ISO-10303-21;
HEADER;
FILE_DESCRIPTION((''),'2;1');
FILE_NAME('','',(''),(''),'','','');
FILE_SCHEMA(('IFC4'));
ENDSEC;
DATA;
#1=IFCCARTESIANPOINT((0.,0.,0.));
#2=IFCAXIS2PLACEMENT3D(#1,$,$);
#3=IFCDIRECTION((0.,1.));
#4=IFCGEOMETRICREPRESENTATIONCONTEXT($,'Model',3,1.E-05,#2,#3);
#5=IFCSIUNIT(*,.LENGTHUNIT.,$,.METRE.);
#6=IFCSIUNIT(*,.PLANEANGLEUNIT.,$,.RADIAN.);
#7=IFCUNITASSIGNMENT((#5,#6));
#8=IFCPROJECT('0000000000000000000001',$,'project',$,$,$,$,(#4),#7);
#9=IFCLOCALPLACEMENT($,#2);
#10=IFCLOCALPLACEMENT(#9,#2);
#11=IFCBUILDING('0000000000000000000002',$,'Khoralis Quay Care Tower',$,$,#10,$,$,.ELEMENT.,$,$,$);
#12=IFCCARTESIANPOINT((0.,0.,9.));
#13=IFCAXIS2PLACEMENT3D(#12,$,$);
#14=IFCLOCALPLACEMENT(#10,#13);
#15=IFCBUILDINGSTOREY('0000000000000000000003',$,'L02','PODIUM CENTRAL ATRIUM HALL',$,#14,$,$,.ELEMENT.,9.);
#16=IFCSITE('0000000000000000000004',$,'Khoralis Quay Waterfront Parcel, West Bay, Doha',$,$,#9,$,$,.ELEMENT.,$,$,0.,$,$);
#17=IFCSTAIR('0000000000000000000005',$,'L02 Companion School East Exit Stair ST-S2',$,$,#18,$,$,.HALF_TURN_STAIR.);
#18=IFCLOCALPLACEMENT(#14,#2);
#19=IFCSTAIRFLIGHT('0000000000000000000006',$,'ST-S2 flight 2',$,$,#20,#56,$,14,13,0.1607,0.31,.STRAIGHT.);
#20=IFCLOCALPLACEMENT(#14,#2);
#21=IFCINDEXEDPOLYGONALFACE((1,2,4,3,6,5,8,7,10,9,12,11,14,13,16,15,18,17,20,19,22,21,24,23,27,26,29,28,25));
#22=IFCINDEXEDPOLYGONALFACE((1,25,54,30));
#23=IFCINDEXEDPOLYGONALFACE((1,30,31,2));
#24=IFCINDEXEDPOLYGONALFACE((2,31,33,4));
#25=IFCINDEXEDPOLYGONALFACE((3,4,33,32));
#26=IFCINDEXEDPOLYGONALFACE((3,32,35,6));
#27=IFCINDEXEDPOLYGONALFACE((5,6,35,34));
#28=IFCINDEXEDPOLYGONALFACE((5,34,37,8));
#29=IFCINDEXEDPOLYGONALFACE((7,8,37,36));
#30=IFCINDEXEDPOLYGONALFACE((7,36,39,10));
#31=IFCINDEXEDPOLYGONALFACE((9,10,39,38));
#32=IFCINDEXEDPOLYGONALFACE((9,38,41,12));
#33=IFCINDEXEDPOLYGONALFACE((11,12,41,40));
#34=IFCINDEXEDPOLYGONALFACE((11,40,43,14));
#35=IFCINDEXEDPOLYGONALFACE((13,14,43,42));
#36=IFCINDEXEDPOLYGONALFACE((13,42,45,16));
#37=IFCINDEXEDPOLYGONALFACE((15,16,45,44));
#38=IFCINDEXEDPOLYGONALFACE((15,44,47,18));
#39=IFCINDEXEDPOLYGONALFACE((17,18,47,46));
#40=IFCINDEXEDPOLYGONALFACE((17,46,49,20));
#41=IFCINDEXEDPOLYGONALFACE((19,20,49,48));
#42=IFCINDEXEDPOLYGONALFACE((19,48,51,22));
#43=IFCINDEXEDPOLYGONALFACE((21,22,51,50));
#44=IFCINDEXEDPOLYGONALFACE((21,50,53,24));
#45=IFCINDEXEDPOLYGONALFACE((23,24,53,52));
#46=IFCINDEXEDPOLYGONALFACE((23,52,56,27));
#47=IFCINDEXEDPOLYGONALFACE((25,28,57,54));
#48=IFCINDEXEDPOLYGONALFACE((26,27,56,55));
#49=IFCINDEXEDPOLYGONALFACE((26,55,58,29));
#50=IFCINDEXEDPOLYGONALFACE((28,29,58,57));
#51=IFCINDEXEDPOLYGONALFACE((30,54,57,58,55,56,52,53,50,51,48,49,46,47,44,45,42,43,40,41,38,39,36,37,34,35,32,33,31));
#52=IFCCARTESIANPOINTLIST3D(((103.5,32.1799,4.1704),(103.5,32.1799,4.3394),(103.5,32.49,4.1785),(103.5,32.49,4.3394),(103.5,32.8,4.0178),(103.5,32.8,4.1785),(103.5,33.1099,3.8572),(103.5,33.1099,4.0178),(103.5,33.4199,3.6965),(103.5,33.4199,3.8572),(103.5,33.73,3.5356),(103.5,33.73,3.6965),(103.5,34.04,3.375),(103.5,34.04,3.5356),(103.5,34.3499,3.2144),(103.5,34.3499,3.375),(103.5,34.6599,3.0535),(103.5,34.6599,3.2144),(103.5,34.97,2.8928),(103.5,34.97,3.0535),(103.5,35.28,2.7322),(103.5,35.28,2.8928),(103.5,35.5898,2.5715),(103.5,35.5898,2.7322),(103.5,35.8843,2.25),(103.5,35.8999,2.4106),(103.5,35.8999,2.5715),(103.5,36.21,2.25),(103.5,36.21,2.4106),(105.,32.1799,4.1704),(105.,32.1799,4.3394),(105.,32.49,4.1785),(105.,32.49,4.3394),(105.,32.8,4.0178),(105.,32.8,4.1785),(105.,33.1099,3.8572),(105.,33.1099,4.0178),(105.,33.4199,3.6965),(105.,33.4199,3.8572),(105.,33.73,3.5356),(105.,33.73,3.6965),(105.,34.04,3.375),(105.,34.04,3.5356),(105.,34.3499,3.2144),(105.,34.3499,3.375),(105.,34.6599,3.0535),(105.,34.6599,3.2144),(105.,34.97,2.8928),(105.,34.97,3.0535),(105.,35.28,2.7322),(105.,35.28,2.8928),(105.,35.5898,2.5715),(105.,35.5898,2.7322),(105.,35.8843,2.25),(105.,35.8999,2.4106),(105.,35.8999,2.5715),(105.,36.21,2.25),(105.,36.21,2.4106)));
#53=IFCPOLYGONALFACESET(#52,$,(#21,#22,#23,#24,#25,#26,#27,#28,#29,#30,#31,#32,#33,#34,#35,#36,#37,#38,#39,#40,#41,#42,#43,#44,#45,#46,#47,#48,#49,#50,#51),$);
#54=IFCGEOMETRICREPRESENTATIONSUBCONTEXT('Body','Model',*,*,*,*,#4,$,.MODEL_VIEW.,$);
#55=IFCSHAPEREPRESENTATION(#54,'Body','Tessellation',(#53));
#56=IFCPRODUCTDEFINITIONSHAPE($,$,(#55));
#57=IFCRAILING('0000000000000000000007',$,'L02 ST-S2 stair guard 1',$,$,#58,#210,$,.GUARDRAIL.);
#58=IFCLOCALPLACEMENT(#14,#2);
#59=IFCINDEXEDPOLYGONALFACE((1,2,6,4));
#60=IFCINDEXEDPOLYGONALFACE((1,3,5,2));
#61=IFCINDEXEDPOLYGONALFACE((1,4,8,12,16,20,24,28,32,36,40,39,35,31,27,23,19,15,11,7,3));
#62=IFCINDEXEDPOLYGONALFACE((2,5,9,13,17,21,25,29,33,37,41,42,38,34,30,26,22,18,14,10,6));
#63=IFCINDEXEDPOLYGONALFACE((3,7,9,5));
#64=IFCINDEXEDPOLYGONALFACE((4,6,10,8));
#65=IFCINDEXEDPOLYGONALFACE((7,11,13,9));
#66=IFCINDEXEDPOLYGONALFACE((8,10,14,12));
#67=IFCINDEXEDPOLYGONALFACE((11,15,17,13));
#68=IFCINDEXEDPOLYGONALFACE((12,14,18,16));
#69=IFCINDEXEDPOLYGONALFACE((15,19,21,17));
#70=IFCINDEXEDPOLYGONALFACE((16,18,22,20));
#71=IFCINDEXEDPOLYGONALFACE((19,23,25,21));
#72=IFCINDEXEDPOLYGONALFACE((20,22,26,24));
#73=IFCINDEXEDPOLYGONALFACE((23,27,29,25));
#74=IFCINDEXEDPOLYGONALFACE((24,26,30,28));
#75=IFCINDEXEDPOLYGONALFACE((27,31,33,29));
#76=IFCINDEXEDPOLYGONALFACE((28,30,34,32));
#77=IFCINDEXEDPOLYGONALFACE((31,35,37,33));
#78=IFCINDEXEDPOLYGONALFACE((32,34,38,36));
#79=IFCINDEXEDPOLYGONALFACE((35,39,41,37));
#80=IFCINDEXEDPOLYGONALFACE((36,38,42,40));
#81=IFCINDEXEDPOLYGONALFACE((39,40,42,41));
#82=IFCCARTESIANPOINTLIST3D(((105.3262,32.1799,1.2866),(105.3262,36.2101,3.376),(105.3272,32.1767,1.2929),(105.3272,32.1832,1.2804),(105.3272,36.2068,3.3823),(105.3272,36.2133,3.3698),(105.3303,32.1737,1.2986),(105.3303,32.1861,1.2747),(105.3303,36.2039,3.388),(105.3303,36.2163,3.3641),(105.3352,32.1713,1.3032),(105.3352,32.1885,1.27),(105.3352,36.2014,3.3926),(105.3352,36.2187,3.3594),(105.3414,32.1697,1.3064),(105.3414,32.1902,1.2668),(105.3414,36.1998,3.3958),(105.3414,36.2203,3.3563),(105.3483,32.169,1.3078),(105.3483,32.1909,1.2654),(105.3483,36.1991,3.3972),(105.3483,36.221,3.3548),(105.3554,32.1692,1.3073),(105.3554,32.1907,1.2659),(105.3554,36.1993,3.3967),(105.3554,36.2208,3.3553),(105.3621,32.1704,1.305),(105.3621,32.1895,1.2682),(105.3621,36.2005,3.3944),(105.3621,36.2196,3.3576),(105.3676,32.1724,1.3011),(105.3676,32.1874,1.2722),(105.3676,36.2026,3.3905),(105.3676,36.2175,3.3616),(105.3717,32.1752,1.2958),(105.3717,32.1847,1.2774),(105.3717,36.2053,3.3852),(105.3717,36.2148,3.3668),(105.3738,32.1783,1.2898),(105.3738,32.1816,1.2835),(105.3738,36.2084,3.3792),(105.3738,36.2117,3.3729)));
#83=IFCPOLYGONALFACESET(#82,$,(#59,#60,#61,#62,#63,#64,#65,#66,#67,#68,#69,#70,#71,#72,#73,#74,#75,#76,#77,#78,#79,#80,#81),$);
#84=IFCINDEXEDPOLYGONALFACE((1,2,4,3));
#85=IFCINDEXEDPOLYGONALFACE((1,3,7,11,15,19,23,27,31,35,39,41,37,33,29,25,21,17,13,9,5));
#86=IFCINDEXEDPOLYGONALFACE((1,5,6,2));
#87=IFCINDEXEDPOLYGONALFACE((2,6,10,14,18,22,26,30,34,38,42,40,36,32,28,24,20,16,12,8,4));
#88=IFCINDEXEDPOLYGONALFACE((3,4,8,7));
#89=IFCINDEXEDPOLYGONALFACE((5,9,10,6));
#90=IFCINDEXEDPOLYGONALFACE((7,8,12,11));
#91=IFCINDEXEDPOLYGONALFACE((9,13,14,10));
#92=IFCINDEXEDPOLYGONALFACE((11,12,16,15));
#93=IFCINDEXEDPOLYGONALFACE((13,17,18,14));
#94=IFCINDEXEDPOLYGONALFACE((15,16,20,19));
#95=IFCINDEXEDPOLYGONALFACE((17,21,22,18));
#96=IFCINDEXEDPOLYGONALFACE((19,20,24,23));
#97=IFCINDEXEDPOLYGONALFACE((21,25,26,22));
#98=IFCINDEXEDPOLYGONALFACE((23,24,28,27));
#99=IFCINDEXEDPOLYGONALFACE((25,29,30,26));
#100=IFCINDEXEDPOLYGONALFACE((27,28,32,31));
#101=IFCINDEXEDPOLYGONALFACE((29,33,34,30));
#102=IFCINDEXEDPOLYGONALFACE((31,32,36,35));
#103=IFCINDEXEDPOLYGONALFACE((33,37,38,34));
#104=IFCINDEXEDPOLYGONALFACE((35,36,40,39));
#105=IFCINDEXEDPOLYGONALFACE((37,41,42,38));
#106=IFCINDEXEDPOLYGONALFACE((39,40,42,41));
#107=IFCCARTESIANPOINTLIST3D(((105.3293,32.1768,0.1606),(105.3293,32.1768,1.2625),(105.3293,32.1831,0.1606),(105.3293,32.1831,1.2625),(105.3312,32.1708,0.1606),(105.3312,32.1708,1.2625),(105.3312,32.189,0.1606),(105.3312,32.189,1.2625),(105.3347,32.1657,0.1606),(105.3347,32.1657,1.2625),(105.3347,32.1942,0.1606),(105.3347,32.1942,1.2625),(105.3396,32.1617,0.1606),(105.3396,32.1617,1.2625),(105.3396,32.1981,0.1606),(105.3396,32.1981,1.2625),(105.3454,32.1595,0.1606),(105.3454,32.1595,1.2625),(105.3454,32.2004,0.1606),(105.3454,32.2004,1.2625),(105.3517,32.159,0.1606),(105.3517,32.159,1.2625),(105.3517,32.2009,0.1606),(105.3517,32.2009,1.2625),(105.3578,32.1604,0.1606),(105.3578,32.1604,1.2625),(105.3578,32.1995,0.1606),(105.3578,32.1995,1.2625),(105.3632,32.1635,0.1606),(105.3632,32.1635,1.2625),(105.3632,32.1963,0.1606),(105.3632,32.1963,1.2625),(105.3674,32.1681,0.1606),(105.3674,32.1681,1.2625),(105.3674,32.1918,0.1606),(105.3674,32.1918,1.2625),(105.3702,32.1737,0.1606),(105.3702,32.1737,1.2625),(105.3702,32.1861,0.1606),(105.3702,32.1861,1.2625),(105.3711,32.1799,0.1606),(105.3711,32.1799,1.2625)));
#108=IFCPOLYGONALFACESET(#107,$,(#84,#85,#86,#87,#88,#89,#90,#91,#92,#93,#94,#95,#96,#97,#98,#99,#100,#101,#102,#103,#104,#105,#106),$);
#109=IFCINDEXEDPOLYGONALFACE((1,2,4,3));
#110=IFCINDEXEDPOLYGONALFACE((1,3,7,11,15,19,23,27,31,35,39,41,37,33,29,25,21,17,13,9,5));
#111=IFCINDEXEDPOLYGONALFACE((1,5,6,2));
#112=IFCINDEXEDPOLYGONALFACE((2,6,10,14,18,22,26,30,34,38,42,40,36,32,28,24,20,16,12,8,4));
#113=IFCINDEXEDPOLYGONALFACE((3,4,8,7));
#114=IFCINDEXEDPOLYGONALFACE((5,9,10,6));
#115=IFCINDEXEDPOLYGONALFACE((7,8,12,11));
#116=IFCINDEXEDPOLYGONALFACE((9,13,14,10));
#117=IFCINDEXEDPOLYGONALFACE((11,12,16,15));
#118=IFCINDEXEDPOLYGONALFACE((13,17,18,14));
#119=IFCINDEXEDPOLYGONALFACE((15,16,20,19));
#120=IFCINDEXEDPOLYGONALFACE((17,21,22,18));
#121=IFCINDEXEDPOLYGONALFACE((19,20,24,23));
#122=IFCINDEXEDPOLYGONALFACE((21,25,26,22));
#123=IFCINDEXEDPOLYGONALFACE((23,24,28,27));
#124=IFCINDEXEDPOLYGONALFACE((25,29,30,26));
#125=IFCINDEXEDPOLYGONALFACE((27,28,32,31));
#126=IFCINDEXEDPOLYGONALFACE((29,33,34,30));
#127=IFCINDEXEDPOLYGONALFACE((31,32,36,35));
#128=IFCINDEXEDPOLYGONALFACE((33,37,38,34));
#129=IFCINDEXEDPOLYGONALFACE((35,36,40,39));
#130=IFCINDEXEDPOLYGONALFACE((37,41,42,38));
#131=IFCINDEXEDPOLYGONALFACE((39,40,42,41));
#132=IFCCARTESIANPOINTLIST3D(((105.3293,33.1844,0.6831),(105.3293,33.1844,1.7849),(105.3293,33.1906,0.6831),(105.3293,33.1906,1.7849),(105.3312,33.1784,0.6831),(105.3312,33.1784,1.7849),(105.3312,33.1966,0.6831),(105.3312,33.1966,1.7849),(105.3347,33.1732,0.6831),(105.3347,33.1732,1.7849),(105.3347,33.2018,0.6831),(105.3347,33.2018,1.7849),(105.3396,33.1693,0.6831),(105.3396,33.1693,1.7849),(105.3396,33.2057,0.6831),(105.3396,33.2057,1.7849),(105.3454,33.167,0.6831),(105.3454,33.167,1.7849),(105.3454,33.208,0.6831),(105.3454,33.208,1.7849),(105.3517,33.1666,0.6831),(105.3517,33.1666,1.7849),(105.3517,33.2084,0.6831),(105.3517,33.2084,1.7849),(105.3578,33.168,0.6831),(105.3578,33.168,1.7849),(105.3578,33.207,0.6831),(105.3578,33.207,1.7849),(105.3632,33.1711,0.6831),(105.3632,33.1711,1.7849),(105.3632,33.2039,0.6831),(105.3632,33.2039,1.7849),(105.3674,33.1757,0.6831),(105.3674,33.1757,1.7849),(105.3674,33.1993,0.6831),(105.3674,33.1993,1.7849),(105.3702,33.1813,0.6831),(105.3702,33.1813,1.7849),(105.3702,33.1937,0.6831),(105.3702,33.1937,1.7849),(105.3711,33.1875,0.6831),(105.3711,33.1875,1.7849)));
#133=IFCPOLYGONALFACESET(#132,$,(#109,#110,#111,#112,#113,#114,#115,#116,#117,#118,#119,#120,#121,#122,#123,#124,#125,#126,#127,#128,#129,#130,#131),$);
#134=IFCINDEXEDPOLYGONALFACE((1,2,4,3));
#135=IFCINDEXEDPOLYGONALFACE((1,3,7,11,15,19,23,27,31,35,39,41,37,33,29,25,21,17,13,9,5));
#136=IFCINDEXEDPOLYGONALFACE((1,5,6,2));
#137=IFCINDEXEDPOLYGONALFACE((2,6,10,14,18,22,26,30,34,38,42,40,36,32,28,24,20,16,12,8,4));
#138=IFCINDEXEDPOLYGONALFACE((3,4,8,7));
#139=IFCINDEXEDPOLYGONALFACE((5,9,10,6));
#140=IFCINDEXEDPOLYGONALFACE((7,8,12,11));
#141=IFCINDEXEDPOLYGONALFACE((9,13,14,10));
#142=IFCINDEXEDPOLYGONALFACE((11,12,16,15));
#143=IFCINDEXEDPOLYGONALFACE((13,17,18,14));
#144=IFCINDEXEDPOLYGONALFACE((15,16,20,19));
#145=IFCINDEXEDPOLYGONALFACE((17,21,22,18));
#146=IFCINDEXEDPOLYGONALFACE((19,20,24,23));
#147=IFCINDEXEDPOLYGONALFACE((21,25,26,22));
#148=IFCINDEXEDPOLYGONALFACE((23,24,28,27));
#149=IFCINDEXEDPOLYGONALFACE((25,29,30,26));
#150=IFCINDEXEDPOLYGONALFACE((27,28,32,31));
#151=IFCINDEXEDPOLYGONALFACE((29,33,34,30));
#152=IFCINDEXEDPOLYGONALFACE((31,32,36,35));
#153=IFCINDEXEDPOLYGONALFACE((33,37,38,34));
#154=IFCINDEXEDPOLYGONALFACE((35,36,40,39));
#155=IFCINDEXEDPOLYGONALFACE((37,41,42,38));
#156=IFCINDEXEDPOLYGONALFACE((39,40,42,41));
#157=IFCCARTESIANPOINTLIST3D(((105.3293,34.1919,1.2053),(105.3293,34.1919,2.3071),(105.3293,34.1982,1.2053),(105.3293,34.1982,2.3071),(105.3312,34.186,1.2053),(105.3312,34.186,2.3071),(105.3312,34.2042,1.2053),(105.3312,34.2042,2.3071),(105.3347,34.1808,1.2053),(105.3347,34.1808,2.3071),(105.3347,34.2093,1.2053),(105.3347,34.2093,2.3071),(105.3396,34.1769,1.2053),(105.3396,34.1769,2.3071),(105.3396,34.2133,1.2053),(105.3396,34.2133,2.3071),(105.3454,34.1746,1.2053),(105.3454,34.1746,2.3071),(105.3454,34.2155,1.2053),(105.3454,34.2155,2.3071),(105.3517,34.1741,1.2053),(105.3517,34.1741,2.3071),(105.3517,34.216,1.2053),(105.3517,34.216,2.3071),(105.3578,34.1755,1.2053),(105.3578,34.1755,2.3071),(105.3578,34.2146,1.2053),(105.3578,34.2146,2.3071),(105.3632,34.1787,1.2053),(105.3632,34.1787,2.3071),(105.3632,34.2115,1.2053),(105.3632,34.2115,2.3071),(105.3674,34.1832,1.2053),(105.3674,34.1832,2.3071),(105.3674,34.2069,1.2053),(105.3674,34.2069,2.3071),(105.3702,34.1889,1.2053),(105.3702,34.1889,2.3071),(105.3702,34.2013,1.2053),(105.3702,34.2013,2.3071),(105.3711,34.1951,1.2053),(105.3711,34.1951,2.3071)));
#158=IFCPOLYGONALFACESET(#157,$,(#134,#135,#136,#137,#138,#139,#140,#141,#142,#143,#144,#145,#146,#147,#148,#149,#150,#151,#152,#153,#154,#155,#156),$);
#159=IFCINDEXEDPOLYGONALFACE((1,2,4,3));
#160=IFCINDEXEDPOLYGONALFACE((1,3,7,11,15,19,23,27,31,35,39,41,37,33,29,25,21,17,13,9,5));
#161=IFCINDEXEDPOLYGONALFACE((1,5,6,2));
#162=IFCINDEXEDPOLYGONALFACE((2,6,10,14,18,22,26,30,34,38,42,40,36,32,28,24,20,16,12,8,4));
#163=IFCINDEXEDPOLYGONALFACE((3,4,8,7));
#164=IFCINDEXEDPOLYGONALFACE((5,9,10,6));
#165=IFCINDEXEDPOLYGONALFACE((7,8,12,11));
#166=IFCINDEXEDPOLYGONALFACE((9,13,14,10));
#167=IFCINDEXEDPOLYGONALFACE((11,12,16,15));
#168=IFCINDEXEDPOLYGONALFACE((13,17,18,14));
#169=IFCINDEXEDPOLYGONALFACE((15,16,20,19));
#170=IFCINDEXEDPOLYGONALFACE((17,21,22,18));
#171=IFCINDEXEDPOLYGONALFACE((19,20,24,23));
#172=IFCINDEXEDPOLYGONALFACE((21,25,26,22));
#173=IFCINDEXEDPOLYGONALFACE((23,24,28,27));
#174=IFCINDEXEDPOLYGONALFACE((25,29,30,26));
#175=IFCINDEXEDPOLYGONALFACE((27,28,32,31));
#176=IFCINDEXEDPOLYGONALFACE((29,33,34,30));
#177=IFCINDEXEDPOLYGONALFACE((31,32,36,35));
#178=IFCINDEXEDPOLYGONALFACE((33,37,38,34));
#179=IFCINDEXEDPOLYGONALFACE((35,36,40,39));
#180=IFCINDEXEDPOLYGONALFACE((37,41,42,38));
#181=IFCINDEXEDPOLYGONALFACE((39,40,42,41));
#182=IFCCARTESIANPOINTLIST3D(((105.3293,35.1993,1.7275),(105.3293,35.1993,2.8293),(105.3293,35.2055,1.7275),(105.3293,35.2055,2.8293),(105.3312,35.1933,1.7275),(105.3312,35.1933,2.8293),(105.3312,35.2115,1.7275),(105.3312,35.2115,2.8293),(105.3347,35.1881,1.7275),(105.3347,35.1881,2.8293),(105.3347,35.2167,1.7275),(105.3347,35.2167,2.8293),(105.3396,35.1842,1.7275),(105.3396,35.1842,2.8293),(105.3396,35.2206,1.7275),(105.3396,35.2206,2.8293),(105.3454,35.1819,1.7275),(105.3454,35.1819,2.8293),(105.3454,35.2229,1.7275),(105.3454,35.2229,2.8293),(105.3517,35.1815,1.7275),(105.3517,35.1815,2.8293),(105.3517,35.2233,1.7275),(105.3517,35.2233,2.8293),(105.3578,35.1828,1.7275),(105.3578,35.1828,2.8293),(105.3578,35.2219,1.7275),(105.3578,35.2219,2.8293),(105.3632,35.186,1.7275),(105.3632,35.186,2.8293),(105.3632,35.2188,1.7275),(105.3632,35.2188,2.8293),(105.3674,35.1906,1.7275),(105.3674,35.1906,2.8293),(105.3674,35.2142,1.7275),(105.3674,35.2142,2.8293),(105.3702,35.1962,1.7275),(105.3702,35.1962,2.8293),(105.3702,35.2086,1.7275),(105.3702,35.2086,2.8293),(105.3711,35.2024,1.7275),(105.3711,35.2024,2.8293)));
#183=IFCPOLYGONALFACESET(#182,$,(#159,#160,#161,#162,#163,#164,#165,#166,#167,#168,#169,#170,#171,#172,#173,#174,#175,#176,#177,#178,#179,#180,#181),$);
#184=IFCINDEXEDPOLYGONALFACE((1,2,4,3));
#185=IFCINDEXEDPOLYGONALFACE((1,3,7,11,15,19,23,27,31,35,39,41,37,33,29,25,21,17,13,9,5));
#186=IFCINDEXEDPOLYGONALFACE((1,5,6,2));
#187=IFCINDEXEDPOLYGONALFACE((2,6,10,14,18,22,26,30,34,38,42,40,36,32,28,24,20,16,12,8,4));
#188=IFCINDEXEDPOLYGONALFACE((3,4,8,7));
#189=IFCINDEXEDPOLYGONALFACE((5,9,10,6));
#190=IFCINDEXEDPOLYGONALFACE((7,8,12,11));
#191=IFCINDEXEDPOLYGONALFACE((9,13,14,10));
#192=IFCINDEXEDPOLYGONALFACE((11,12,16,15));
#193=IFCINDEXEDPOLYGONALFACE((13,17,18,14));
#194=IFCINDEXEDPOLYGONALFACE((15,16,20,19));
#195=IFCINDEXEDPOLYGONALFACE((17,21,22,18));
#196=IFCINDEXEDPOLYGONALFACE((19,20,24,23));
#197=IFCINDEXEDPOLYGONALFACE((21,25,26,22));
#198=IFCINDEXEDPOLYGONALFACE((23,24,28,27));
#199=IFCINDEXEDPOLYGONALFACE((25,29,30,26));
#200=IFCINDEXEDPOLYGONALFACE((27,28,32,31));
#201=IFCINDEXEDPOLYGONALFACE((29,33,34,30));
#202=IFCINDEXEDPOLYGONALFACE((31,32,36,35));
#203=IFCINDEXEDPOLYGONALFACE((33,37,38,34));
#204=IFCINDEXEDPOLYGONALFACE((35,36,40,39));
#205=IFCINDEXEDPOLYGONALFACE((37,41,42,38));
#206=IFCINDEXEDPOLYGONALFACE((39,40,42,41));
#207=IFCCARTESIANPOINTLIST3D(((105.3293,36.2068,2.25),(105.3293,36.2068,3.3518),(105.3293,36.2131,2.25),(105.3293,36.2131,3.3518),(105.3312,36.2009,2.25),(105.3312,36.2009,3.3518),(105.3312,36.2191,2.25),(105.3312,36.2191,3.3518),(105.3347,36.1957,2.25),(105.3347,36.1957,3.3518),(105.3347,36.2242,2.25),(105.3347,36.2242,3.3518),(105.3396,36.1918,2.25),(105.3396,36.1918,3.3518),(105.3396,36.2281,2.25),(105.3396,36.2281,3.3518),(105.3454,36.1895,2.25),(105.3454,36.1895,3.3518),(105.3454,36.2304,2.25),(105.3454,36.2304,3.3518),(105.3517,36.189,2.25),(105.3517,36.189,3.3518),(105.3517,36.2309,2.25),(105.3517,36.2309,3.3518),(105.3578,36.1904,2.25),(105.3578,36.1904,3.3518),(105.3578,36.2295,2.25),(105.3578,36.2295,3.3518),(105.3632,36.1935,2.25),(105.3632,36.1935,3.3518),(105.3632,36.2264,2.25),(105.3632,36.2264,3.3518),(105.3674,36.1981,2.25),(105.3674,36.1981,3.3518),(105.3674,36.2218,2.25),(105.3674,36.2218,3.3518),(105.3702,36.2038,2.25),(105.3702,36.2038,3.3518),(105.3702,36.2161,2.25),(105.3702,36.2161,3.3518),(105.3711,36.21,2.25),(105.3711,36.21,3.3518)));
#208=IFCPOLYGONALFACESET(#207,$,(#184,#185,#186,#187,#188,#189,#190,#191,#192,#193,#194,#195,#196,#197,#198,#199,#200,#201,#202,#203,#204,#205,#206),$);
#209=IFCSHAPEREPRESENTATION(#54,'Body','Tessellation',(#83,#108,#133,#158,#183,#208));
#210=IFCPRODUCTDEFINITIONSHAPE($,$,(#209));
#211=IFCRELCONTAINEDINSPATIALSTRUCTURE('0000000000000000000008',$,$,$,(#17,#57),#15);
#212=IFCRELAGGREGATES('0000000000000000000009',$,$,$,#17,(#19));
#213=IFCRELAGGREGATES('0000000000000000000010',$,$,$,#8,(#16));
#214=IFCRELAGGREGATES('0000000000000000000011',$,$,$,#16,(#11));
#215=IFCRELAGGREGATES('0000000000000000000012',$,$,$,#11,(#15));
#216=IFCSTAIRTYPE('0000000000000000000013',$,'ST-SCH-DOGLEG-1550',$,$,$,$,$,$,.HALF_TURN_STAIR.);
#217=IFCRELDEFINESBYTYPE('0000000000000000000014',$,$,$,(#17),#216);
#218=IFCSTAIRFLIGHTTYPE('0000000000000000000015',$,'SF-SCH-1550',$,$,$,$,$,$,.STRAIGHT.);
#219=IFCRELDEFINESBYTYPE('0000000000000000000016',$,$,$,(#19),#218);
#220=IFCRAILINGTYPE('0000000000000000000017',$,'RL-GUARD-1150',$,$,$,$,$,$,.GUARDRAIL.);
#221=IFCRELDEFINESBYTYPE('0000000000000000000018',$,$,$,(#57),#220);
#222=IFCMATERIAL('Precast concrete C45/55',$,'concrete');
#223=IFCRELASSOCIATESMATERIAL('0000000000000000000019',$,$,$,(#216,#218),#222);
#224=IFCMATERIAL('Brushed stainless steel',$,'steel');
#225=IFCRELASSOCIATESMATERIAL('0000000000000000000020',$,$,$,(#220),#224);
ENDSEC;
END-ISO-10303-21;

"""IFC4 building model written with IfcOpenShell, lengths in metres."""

from ifc_helpers import new_model, si_unit, direction, frame, origin, origin_2d, place, context, subcontext, project, spatial, polyline, circle, outline, extrude, source, transform, mapped, material, type_object, element, aggregate, save


model = new_model("IFC4")

# Units and contexts
model_context = context("Model", 3, precision=1e-05, world=origin(), true_north=direction((0.0, 1.0)))
body_context = subcontext(model_context, "Body", "Model", "MODEL_VIEW")
ifc_project = project(units=[si_unit("LENGTHUNIT", "METRE"), si_unit("PLANEANGLEUNIT", "RADIAN")], contexts=[model_context])

# Site, building, storey
site_placement = place(None, origin())
site = spatial("IfcSite", under=ifc_project, at=site_placement, Name="Khoralis Quay Waterfront Parcel, West Bay, Doha", CompositionType="ELEMENT", RefElevation=0.0)
building_placement = place(site_placement, origin())
building = spatial("IfcBuilding", under=site, at=building_placement, Name="Khoralis Quay Care Tower", CompositionType="ELEMENT")
storey_placement = place(building_placement, frame((0.0, 0.0, 9.0)))
storey = spatial("IfcBuildingStorey", under=building, at=storey_placement, Name="L02", Description="PODIUM CENTRAL ATRIUM HALL", CompositionType="ELEMENT", Elevation=9.0)

# Stair, stair flight
ifc_material_1 = material(Name="Precast concrete C45/55", Category="concrete")
stair_type = type_object("IfcStairType", Name="ST-SCH-DOGLEG-1550", PredefinedType="HALF_TURN_STAIR", material=ifc_material_1)
stair_placement = place(storey_placement, origin())
stair = element("IfcStair", 1, at=stair_placement, inside=storey, type_object=stair_type, Name="L02 Companion School East Exit Stair ST-S2", PredefinedType="HALF_TURN_STAIR")
stair_flight_type = type_object("IfcStairFlightType", Name="SF-SCH-1550", PredefinedType="STRAIGHT", material=ifc_material_1)
shared_shape_1 = source(origin(), body_context, "Body", "SweptSolid", [
    extrude(outline(polyline([(0.0, 0.0), (0.0, 0.1606), (0.3101, 0.1606), (0.3101, 0.3215), (0.6201, 0.3215), (0.6201, 0.4822), (0.9299, 0.4822), (0.9299, 0.6428), (1.24, 0.6428), (1.24, 0.8035), (1.55, 0.8035), (1.55, 0.9644), (1.8601, 0.9644), (1.8601, 1.125), (2.1699, 1.125), (2.1699, 1.2856), (2.48, 1.2856), (2.48, 1.4465), (2.79, 1.4465), (2.79, 1.6072), (3.1001, 1.6072), (3.1001, 1.7678), (3.4099, 1.7678), (3.4099, 1.9285), (3.72, 1.9285), (3.72, 2.0894), (4.03, 2.0894), (4.03, 2.25), (4.03, 1.9204), (0.3257, 0.0), (0.0, 0.0)])), frame((0.0, 0.75, 0.0), z_axis=(0.0, -1.0, 0.0), x_axis=(1.0, 0.0, 0.0)), (0.0, 0.0, 1.0), 1.5),
])
stair_flight_1_placement = place(storey_placement, frame((104.25, 36.21, 2.25), z_axis=(0.0, 0.0, 1.0), x_axis=(0.0, -1.0, 0.0)))
stair_flight_1 = element("IfcStairFlight", 2, at=stair_flight_1_placement, type_object=stair_flight_type, Name="ST-S2 flight 2", NumberOfRisers=14, NumberOfTreads=13, PredefinedType="STRAIGHT", RiserHeight=0.1607, TreadLength=0.31, context=body_context, shape_type="MappedRepresentation", body=[
    mapped(shared_shape_1, transform((0.0, 0.0, 0.0), scale=1.0)),
])
aggregate(stair, [stair_flight_1])

# Railing
ifc_material_2 = material(Name="Brushed stainless steel", Category="steel")
railing_type_1 = type_object("IfcRailingType", Name="RL-GUARD-1150", PredefinedType="GUARDRAIL", material=ifc_material_2)
railing_1_placement = place(storey_placement, frame((105.3501, 32.1799, 0.1606)))
element("IfcRailing", 3, at=railing_1_placement, inside=storey, type_object=railing_type_1, Name="L02 ST-S2 stair guard 1", PredefinedType="GUARDRAIL", context=body_context, shape_type="SweptSolid", body=[
    extrude(circle(Radius=0.0239, at=origin_2d()), frame((0.0, 0.0, 1.126), z_axis=(0.0, 0.887781, 0.460267), x_axis=(-1.0, 0.0, 0.0)), (0.0, 0.0, 1.0), 4.5396),
    extrude(circle(Radius=0.021, at=origin_2d()), origin(), (0.0, 0.0, 1.0), 1.1018),
    extrude(circle(Radius=0.021, at=origin_2d()), frame((0.0, 1.0076, 0.5225)), (0.0, 0.0, 1.0), 1.1018),
    extrude(circle(Radius=0.021, at=origin_2d()), frame((0.0, 2.0151, 1.0447)), (0.0, 0.0, 1.0), 1.1018),
    extrude(circle(Radius=0.021, at=origin_2d()), frame((0.0, 3.0225, 1.5669)), (0.0, 0.0, 1.0), 1.1018),
    extrude(circle(Radius=0.021, at=origin_2d()), frame((0.0, 4.03, 2.0894)), (0.0, 0.0, 1.0), 1.1018),
])

save(model, "model.ifc")
